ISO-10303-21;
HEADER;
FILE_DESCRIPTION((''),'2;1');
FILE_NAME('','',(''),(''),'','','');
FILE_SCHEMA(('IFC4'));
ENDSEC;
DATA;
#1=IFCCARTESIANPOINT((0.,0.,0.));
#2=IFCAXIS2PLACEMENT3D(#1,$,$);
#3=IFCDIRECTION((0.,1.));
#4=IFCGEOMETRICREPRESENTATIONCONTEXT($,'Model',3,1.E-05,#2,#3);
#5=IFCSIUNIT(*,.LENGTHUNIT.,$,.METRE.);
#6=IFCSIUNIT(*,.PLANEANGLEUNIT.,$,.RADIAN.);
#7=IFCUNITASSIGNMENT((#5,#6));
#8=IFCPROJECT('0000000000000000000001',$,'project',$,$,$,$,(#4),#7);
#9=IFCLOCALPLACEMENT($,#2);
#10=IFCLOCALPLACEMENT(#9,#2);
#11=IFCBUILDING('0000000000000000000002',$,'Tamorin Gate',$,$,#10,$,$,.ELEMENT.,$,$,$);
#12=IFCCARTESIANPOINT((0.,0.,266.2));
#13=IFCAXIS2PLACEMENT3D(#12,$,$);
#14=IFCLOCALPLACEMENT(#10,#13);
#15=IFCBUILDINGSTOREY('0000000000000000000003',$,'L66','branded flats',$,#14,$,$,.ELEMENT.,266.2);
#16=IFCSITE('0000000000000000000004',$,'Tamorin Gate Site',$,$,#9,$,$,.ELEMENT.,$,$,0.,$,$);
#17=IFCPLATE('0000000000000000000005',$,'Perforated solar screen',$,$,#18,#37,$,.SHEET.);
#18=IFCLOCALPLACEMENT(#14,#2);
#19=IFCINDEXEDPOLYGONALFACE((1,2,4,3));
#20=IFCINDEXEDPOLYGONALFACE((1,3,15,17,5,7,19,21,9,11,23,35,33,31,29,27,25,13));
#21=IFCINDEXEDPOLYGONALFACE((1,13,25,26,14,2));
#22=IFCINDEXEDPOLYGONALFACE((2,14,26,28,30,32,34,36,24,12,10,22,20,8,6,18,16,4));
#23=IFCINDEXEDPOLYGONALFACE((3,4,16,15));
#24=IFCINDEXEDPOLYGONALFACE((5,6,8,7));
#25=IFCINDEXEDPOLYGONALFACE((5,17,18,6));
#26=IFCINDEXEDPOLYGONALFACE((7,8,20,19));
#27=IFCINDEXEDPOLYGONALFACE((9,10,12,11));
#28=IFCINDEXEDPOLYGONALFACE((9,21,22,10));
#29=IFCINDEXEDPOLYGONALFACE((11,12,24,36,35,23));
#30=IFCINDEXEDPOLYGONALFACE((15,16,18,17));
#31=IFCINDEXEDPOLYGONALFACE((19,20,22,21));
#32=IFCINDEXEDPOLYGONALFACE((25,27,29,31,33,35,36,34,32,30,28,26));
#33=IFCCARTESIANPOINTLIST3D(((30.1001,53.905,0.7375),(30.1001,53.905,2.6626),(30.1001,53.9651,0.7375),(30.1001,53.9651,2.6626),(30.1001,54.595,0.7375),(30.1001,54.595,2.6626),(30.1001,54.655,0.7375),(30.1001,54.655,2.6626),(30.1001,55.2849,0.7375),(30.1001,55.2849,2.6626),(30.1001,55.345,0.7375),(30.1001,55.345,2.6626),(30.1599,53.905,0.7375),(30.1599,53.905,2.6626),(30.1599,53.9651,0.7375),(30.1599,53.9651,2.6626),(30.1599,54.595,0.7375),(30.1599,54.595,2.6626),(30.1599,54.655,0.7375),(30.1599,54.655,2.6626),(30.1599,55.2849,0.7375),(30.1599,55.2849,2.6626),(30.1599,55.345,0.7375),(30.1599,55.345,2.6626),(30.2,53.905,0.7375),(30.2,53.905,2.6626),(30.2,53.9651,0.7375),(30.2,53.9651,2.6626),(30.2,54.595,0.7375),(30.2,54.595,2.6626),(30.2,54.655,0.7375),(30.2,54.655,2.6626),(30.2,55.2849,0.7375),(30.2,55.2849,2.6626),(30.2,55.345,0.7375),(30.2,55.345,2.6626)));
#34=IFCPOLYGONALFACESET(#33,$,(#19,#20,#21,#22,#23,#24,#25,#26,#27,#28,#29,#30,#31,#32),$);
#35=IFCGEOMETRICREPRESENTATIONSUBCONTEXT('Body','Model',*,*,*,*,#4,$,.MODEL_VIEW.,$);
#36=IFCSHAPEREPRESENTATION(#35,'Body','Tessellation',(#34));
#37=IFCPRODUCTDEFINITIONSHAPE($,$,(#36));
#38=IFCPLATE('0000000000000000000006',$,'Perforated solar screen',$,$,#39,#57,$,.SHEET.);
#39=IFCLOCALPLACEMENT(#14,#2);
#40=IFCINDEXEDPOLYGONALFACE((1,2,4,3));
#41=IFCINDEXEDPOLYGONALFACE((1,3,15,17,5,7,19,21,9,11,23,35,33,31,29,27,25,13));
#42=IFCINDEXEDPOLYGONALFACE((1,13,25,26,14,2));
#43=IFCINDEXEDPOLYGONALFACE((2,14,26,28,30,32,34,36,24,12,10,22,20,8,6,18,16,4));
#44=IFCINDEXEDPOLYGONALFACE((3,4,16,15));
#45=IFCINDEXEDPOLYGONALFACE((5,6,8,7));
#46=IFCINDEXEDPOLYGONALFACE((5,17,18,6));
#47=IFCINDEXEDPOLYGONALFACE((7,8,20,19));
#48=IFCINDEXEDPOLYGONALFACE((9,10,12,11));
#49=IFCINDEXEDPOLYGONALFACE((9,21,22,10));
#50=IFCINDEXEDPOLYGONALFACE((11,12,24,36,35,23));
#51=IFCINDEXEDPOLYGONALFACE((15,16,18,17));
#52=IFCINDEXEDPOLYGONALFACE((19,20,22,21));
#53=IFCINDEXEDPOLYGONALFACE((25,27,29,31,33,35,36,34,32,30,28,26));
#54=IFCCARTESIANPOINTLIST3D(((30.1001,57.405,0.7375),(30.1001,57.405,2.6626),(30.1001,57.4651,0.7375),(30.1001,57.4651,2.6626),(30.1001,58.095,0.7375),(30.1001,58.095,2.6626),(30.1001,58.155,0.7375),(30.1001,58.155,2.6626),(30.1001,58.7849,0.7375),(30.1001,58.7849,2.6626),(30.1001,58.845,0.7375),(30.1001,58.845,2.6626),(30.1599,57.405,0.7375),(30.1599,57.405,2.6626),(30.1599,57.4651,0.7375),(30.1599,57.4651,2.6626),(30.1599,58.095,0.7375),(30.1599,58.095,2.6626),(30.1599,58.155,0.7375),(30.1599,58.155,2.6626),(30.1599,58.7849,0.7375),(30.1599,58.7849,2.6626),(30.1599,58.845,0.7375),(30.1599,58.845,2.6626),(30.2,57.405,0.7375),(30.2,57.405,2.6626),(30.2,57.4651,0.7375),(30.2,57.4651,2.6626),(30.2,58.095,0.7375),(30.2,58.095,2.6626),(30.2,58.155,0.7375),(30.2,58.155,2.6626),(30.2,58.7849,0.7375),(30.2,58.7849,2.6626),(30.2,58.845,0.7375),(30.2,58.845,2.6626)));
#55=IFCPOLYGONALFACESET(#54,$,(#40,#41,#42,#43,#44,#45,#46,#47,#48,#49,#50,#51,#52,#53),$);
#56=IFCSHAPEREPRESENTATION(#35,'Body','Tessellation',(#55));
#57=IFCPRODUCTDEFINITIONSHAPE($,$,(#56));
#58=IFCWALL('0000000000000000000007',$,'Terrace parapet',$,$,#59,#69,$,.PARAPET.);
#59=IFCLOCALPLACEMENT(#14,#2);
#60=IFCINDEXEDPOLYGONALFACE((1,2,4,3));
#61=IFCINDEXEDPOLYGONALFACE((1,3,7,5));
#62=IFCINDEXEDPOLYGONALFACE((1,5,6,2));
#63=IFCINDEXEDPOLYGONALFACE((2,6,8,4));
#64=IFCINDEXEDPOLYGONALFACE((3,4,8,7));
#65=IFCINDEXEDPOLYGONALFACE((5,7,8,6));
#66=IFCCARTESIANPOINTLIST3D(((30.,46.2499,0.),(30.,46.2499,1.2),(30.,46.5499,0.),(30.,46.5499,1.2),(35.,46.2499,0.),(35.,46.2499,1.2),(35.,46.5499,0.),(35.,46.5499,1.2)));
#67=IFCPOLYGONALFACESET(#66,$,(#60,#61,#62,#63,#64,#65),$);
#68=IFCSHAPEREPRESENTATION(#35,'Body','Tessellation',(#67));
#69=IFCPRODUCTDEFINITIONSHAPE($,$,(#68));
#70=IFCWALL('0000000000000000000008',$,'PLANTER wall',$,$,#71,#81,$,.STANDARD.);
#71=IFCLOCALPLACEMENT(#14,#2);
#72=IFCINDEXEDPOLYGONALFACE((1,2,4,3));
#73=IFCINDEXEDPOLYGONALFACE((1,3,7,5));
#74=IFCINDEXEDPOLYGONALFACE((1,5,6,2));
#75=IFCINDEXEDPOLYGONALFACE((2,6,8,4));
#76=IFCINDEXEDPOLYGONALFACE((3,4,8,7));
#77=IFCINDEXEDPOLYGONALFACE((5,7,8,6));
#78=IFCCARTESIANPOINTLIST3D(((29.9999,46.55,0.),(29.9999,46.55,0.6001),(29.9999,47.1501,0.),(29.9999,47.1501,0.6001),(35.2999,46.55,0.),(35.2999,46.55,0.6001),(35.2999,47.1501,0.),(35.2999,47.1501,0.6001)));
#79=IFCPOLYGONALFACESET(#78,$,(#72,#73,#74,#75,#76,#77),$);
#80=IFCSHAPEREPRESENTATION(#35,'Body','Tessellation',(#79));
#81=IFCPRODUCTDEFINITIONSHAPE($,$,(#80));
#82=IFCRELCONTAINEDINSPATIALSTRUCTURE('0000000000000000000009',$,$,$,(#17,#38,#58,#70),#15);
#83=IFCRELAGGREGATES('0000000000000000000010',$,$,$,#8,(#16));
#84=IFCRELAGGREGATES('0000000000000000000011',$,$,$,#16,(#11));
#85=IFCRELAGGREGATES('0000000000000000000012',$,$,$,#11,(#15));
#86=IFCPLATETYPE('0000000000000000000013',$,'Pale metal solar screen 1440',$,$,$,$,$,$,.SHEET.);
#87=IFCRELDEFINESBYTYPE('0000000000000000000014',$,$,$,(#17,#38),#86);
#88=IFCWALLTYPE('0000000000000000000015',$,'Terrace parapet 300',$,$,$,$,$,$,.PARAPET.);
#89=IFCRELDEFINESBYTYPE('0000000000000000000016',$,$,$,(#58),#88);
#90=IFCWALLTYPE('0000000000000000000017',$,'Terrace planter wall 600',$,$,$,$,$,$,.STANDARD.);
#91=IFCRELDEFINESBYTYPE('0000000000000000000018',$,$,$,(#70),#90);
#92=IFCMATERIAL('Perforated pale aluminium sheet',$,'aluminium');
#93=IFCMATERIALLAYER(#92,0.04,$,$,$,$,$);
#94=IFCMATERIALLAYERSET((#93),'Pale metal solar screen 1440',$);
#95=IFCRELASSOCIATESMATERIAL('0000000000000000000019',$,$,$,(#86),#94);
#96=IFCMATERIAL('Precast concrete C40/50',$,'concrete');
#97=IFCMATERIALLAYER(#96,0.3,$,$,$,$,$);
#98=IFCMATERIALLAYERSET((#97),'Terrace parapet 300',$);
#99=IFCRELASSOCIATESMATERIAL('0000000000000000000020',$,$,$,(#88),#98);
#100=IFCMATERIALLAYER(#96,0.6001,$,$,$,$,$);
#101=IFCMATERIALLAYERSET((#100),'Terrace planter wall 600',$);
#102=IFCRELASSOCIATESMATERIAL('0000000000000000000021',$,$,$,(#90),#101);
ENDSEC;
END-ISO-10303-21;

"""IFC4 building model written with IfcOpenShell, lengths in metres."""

from ifc_helpers import new_model, si_unit, direction, frame, frame_2d, origin, place, context, subcontext, project, spatial, polyline, rectangle, outline, extrude, material, layer, layer_set, type_object, element, save


model = new_model("IFC4")

# Units and contexts
model_context = context("Model", 3, precision=1e-05, world=origin(), true_north=direction((0.0, 1.0)))
body_context = subcontext(model_context, "Body", "Model", "MODEL_VIEW")
ifc_project = project(units=[si_unit("LENGTHUNIT", "METRE"), si_unit("PLANEANGLEUNIT", "RADIAN")], contexts=[model_context])

# Site, building, storey
site_placement = place(None, origin())
site = spatial("IfcSite", under=ifc_project, at=site_placement, Name="Tamorin Gate Site", CompositionType="ELEMENT", RefElevation=0.0)
building_placement = place(site_placement, origin())
building = spatial("IfcBuilding", under=site, at=building_placement, Name="Tamorin Gate", CompositionType="ELEMENT")
storey_placement = place(building_placement, frame((0.0, 0.0, 266.2)))
storey = spatial("IfcBuildingStorey", under=building, at=storey_placement, Name="L66", Description="branded flats", CompositionType="ELEMENT", Elevation=266.2)

# Plates
ifc_material_1 = material(Name="Perforated pale aluminium sheet", Category="aluminium")
ifc_layer_1 = layer(ifc_material_1, 0.04)
ifc_layer_set_1 = layer_set([ifc_layer_1], Name="Pale metal solar screen 1440")
plate_type = type_object("IfcPlateType", Name="Pale metal solar screen 1440", PredefinedType="SHEET", material=ifc_layer_set_1)
plate_1_placement = place(storey_placement, frame((0.0, 0.0, 0.7375)))
element("IfcPlate", 1, at=plate_1_placement, inside=storey, type_object=plate_type, Name="Perforated solar screen", PredefinedType="SHEET", context=body_context, shape_type="SweptSolid", body=[
    extrude(outline(polyline([(30.1599, 55.345), (30.2, 55.345), (30.2, 55.2849), (30.2, 54.655), (30.2, 54.595), (30.2, 53.9651), (30.2, 53.905), (30.1599, 53.905), (30.1001, 53.905), (30.1001, 53.9651), (30.1599, 53.9651), (30.1599, 54.595), (30.1001, 54.595), (30.1001, 54.655), (30.1599, 54.655), (30.1599, 55.2849), (30.1001, 55.2849), (30.1001, 55.345), (30.1599, 55.345)])), origin(), (0.0, 0.0, 1.0), 1.925),
])
plate_2_placement = place(storey_placement, frame((0.0, 0.0, 0.7375)))
element("IfcPlate", 2, at=plate_2_placement, inside=storey, type_object=plate_type, Name="Perforated solar screen", PredefinedType="SHEET", context=body_context, shape_type="SweptSolid", body=[
    extrude(outline(polyline([(30.1599, 58.845), (30.2, 58.845), (30.2, 58.7849), (30.2, 58.155), (30.2, 58.095), (30.2, 57.4651), (30.2, 57.405), (30.1599, 57.405), (30.1001, 57.405), (30.1001, 57.4651), (30.1599, 57.4651), (30.1599, 58.095), (30.1001, 58.095), (30.1001, 58.155), (30.1599, 58.155), (30.1599, 58.7849), (30.1001, 58.7849), (30.1001, 58.845), (30.1599, 58.845)])), origin(), (0.0, 0.0, 1.0), 1.925),
])

# Walls
ifc_material_2 = material(Name="Precast concrete C40/50", Category="concrete")
ifc_layer_2 = layer(ifc_material_2, 0.3)
ifc_layer_set_2 = layer_set([ifc_layer_2], Name="Terrace parapet 300")
wall_type_1 = type_object("IfcWallType", Name="Terrace parapet 300", PredefinedType="PARAPET", material=ifc_layer_set_2)
wall_1_placement = place(storey_placement, frame((30.0, 46.3999, 0.0), z_axis=(0.0, 0.0, 1.0), x_axis=(1.0, 0.0, 0.0)))
element("IfcWall", 3, at=wall_1_placement, inside=storey, type_object=wall_type_1, Name="Terrace parapet", PredefinedType="PARAPET", context=body_context, shape_type="SweptSolid", body=[
    extrude(rectangle(XDim=5.0, YDim=0.3, at=frame_2d((2.5, 0.0))), origin(), (0.0, 0.0, 1.0), 1.2),
])
ifc_layer_3 = layer(ifc_material_2, 0.6001)
ifc_layer_set_3 = layer_set([ifc_layer_3], Name="Terrace planter wall 600")
wall_type_2 = type_object("IfcWallType", Name="Terrace planter wall 600", PredefinedType="STANDARD", material=ifc_layer_set_3)
wall_2_placement = place(storey_placement, frame((30.0, 46.8501, 0.0), z_axis=(0.0, 0.0, 1.0), x_axis=(1.0, 0.0, 0.0)))
element("IfcWall", 4, at=wall_2_placement, inside=storey, type_object=wall_type_2, Name="PLANTER wall", PredefinedType="STANDARD", context=body_context, shape_type="SweptSolid", body=[
    extrude(rectangle(XDim=5.3, YDim=0.6001, at=frame_2d((2.6499, 0.0))), origin(), (0.0, 0.0, 1.0), 0.6001),
])

save(model, "model.ifc")
